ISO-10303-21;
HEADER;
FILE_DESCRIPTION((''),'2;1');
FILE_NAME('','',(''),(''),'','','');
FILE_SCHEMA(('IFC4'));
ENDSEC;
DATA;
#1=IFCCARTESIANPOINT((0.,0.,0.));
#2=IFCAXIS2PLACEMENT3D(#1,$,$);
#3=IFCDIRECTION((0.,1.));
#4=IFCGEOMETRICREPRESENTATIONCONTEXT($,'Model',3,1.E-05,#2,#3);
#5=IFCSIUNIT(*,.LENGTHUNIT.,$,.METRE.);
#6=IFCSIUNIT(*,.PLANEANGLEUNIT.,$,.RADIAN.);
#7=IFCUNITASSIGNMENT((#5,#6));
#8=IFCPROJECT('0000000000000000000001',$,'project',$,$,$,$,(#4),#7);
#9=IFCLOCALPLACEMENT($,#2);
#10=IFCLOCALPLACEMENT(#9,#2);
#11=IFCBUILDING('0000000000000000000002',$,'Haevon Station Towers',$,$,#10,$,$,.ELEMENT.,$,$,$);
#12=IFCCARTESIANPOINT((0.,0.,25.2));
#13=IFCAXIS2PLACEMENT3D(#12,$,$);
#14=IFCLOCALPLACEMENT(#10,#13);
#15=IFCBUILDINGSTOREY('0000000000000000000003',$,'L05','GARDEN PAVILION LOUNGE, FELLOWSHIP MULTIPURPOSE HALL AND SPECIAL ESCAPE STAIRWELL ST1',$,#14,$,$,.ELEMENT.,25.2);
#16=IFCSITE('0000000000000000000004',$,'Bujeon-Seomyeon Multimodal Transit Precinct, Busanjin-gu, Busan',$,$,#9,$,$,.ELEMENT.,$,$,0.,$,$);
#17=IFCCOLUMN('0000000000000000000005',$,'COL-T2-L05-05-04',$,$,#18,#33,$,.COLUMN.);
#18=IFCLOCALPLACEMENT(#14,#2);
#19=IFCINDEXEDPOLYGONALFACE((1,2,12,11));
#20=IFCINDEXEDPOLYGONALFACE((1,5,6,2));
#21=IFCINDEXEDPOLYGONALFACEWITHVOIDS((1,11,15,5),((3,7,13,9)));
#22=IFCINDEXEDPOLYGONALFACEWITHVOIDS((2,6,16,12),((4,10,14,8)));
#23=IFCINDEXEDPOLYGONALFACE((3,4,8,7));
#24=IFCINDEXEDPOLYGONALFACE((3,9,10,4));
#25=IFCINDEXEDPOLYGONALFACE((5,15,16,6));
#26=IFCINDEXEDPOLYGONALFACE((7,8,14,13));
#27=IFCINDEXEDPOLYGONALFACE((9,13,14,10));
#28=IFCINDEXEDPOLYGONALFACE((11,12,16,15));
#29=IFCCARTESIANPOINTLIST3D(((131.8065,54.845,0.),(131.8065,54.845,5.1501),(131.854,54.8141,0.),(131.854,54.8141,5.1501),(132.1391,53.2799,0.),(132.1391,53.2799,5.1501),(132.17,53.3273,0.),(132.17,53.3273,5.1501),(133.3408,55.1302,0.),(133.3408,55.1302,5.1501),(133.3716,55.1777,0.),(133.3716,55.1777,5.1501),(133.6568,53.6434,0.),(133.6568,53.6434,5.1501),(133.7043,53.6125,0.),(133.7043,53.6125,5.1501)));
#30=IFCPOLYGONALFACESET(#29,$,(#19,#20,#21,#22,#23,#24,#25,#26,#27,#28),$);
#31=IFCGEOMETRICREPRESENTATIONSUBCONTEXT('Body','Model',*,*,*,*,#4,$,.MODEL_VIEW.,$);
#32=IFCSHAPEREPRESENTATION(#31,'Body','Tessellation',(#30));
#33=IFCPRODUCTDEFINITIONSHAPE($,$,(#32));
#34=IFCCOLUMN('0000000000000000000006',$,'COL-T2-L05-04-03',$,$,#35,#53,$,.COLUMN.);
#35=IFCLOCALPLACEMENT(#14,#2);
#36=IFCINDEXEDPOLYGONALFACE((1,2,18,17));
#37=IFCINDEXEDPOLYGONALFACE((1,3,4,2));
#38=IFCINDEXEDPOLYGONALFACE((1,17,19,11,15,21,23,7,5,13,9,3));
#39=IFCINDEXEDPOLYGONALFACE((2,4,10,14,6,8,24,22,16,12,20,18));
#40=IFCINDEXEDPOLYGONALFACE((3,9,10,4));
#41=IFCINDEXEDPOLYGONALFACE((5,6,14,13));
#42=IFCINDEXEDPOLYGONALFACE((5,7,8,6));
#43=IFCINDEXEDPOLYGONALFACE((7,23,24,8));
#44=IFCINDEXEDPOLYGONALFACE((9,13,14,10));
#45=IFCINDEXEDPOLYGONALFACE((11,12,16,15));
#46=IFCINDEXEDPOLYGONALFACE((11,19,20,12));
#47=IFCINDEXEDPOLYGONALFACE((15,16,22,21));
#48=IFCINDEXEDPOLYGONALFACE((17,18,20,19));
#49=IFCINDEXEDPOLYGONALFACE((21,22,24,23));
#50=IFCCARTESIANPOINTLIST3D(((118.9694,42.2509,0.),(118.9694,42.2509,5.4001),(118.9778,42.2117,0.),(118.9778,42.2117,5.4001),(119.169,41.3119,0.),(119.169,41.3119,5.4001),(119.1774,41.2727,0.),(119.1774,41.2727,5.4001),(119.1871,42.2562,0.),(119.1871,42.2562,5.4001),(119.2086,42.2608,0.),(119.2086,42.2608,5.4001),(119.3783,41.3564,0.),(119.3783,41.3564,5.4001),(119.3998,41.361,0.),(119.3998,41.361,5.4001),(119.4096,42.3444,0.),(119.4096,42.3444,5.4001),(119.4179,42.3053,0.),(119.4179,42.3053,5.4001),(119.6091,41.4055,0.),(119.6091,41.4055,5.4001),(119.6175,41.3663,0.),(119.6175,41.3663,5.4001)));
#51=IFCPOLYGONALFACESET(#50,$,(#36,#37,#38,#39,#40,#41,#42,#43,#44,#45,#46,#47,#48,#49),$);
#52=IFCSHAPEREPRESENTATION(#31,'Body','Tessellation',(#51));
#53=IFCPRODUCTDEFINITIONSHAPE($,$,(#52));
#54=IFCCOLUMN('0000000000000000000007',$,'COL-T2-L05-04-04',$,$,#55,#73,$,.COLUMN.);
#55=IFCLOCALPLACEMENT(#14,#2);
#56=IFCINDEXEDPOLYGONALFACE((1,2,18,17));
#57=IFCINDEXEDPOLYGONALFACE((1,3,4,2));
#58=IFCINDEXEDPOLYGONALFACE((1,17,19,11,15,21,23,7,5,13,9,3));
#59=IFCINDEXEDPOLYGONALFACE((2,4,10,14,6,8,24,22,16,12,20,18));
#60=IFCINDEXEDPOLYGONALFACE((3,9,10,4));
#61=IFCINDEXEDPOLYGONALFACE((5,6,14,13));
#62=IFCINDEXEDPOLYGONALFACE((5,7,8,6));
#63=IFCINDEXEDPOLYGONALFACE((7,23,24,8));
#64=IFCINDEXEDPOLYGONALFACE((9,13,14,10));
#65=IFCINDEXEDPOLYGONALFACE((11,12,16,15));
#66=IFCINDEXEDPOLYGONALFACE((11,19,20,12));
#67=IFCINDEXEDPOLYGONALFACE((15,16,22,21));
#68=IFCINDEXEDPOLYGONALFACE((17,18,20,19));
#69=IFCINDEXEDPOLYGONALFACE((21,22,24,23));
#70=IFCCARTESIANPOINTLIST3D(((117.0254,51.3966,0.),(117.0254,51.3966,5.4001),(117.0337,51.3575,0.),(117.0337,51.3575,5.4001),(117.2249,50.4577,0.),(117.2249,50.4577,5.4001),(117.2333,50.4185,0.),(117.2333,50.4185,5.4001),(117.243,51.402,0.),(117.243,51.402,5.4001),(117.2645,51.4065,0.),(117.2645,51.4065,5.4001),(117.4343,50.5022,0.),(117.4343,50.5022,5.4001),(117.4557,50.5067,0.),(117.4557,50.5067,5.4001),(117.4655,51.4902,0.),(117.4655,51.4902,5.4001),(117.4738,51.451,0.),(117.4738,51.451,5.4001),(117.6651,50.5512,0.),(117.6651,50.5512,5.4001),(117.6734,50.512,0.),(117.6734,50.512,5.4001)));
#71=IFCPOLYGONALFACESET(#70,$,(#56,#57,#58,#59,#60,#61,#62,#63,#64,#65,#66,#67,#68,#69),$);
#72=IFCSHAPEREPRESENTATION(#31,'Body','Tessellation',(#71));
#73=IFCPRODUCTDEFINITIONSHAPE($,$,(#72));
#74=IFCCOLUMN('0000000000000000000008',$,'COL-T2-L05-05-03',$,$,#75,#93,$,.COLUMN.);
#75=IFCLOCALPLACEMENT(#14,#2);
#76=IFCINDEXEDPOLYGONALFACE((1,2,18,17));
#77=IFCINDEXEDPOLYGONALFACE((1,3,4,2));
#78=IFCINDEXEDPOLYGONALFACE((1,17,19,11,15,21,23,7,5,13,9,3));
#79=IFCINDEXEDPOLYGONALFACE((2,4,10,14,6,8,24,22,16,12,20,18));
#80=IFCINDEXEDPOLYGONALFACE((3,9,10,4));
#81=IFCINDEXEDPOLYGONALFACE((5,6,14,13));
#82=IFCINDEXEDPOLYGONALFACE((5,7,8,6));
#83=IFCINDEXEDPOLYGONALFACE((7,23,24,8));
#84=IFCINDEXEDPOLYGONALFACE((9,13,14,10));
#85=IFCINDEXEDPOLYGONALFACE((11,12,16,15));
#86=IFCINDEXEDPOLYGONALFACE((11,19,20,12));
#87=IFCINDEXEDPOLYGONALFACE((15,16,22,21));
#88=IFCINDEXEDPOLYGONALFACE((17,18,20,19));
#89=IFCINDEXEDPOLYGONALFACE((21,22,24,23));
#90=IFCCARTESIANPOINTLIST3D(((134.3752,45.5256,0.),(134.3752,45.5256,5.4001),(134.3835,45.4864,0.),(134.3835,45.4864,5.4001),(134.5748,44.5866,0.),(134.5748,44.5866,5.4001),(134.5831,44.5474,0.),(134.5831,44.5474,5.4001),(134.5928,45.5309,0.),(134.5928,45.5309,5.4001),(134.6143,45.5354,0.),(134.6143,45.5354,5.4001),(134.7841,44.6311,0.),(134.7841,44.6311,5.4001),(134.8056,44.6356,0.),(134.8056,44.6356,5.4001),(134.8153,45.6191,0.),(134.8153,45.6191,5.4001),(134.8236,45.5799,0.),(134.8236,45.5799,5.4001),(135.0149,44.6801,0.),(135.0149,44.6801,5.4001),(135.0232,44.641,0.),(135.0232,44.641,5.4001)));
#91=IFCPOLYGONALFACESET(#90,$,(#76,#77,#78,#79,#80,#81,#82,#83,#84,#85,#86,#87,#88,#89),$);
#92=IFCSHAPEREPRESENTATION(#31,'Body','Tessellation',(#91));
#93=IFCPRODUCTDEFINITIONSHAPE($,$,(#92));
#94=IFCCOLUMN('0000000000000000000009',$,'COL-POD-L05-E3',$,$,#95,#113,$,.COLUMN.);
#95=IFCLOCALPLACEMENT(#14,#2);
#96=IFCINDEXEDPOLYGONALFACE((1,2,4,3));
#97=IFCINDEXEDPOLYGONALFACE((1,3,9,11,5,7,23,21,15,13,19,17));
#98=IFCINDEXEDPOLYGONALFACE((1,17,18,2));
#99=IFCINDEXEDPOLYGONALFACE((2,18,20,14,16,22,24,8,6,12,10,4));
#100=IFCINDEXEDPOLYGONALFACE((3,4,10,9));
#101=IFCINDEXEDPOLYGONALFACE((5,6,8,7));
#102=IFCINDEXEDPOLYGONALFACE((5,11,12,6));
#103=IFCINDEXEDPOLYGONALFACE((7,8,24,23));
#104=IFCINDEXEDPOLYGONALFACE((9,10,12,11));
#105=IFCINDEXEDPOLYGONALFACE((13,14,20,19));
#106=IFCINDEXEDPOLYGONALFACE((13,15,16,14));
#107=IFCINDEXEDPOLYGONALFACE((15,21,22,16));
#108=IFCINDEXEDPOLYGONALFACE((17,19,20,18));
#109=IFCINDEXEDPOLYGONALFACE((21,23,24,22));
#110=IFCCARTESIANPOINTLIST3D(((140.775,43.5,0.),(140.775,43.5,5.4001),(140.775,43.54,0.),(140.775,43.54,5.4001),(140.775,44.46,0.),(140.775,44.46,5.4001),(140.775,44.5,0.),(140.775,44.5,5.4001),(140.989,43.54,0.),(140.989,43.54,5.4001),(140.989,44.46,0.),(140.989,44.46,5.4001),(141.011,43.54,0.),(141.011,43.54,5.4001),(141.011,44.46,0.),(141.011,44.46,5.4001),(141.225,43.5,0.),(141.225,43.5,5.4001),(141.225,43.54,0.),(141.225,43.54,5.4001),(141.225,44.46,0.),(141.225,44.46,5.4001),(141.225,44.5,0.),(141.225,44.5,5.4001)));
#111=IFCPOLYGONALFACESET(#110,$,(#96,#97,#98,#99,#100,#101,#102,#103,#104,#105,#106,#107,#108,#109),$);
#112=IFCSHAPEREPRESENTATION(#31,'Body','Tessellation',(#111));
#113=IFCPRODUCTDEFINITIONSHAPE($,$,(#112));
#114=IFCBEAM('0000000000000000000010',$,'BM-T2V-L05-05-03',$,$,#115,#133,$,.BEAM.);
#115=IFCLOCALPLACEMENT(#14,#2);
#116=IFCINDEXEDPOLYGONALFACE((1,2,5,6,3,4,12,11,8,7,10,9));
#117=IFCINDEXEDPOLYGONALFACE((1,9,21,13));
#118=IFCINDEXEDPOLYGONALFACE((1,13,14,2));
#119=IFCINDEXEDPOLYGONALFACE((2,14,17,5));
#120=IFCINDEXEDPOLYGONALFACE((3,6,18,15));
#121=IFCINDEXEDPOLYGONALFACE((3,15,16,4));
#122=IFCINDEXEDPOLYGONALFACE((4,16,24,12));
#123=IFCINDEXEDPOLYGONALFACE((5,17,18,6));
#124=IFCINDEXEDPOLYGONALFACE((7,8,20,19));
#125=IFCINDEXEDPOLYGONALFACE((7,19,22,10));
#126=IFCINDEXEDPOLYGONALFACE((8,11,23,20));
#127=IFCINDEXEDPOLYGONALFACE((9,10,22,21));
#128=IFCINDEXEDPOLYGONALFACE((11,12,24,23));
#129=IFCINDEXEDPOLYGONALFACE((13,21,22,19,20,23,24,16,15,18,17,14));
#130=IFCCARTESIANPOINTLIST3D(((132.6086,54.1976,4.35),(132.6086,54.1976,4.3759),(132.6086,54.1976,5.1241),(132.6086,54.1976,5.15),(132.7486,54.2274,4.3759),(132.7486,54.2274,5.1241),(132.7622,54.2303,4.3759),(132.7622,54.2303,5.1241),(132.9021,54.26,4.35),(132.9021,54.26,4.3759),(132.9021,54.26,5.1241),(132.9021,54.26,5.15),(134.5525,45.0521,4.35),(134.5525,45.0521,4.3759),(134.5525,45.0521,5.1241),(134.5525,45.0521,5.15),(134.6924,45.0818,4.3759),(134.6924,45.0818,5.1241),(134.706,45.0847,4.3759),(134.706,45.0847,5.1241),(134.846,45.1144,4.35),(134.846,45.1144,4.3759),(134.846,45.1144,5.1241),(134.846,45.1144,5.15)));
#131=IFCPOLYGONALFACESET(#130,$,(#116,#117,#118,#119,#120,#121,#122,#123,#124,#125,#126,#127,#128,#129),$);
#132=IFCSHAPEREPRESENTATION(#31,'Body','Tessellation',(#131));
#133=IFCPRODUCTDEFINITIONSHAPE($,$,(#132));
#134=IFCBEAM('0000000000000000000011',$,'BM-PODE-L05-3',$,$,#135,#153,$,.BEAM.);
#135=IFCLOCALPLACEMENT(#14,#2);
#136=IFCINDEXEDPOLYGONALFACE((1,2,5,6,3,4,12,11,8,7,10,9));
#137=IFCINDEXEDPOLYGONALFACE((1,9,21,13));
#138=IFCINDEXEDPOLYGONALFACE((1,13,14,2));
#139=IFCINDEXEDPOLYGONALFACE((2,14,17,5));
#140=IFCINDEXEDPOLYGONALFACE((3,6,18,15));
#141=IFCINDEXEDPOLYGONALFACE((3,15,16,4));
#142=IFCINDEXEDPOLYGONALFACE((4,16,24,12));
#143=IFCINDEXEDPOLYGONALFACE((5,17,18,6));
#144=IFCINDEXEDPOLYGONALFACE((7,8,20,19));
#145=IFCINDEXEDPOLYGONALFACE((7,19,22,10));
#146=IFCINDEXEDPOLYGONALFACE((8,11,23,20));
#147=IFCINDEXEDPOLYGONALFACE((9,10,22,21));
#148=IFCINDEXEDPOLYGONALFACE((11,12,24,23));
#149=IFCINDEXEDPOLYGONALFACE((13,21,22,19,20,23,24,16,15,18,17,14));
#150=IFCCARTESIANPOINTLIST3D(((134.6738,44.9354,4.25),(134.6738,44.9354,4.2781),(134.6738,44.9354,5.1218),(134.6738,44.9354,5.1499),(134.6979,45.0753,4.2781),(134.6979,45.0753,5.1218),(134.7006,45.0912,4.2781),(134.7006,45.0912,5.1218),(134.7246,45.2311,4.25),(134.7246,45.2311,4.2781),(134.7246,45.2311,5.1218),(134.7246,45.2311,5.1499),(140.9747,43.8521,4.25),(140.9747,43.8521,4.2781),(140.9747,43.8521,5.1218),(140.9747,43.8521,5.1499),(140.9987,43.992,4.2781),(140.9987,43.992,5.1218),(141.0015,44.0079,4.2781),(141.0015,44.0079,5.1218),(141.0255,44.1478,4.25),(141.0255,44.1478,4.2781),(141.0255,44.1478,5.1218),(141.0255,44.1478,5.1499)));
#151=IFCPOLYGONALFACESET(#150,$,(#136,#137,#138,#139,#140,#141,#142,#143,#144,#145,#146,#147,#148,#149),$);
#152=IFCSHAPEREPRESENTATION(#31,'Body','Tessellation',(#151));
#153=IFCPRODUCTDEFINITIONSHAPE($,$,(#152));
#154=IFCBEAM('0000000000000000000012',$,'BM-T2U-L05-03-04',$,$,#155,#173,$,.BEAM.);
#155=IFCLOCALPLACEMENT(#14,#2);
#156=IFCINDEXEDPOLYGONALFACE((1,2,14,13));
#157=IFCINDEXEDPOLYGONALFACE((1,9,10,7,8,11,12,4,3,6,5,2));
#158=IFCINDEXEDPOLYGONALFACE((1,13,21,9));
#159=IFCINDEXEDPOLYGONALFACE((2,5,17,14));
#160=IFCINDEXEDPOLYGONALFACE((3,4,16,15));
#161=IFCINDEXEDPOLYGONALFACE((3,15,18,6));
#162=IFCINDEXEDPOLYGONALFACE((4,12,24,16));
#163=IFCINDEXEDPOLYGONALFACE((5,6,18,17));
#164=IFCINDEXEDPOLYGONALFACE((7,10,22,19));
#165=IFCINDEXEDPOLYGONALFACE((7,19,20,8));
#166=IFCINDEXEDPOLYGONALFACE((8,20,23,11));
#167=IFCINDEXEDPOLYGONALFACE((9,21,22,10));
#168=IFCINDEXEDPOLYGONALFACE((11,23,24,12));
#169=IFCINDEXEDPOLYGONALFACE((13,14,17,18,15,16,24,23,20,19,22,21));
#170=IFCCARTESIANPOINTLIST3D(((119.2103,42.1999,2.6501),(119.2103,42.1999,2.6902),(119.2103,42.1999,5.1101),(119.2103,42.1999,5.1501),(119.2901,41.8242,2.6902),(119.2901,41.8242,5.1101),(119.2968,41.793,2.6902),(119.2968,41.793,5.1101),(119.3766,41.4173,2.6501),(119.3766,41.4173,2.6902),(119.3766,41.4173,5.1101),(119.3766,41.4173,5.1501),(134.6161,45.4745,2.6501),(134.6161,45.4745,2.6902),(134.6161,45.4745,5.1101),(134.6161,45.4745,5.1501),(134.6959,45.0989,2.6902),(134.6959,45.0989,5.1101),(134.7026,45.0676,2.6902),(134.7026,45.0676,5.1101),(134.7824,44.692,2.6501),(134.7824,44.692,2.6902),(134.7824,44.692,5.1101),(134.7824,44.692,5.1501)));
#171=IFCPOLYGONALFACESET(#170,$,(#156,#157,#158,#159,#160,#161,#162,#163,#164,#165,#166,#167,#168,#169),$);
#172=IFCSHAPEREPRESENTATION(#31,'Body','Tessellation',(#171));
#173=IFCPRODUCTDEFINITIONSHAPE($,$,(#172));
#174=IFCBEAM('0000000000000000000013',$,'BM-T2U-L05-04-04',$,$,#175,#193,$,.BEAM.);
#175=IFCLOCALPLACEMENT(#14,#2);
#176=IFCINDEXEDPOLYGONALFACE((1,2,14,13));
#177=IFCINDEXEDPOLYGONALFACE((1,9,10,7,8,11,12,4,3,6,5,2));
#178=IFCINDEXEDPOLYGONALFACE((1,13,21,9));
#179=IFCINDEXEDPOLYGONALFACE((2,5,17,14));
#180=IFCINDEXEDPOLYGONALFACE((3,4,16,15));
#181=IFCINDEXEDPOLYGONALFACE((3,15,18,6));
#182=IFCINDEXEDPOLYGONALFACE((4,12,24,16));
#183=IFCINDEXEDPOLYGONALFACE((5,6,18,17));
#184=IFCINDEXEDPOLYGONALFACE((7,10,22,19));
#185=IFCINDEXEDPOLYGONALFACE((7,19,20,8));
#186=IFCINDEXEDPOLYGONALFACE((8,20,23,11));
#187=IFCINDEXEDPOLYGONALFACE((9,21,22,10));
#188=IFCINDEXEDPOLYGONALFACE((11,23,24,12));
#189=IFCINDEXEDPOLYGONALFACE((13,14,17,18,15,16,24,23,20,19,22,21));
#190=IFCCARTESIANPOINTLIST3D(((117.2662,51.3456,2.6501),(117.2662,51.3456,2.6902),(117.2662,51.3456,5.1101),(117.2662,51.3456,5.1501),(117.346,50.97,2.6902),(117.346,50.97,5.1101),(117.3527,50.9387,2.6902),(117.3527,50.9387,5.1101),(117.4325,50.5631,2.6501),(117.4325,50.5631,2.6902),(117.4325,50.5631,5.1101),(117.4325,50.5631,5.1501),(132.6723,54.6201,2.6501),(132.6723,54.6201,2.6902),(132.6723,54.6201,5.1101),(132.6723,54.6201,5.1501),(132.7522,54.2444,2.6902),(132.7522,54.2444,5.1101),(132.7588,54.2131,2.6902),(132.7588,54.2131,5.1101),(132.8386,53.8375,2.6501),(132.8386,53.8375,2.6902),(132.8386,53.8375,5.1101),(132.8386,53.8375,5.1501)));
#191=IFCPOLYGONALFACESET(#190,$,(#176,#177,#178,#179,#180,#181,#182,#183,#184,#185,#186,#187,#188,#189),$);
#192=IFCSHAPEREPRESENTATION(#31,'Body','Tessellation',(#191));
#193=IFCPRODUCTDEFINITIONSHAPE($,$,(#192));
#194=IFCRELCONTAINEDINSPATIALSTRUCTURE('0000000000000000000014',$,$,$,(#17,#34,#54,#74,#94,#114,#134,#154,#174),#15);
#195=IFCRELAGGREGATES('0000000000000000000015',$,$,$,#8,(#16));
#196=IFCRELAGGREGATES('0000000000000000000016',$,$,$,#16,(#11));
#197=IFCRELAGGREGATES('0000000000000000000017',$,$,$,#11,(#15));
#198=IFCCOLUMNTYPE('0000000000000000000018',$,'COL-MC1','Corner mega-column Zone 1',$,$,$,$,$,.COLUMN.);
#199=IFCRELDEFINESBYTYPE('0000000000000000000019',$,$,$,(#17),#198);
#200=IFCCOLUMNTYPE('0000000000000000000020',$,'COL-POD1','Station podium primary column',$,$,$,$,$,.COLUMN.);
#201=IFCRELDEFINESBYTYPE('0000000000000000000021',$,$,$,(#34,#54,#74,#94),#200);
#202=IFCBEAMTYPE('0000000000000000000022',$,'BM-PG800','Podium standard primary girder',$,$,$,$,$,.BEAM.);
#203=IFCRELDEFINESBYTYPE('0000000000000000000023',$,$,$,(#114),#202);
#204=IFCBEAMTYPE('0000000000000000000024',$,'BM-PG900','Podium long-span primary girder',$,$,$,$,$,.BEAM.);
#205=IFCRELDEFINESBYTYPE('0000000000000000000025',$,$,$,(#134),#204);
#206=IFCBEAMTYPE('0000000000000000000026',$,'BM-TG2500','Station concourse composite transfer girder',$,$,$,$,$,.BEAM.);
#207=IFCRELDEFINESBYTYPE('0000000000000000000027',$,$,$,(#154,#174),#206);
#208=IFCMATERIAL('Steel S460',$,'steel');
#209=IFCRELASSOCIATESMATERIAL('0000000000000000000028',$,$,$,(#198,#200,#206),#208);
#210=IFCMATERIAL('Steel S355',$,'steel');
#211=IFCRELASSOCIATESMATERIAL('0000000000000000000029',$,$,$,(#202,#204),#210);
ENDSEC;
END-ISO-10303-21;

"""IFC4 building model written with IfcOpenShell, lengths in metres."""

from ifc_helpers import new_model, si_unit, direction, frame, origin, origin_2d, place, context, subcontext, project, spatial, hollow_rectangle, i_section, extrude, material, material_profile, profile_set, type_object, element, save


model = new_model("IFC4")

# Units and contexts
model_context = context("Model", 3, precision=1e-05, world=origin(), true_north=direction((0.0, 1.0)))
body_context = subcontext(model_context, "Body", "Model", "MODEL_VIEW")
ifc_project = project(units=[si_unit("LENGTHUNIT", "METRE"), si_unit("PLANEANGLEUNIT", "RADIAN")], contexts=[model_context])

# Site, building, storey
site_placement = place(None, origin())
site = spatial("IfcSite", under=ifc_project, at=site_placement, Name="Bujeon-Seomyeon Multimodal Transit Precinct, Busanjin-gu, Busan", CompositionType="ELEMENT", RefElevation=0.0)
building_placement = place(site_placement, origin())
building = spatial("IfcBuilding", under=site, at=building_placement, Name="Haevon Station Towers", CompositionType="ELEMENT")
storey_placement = place(building_placement, frame((0.0, 0.0, 25.2)))
storey = spatial("IfcBuildingStorey", under=building, at=storey_placement, Name="L05", Description="GARDEN PAVILION LOUNGE, FELLOWSHIP MULTIPURPOSE HALL AND SPECIAL ESCAPE STAIRWELL ST1", CompositionType="ELEMENT", Elevation=25.2)

# Columns
ifc_material_1 = material(Name="Steel S460", Category="steel")
ifc_material_profile_1 = material_profile(ifc_material_1, hollow_rectangle(XDim=1.6001, YDim=1.6001, WallThickness=0.04, at=origin_2d()), Name="BOX-1600x1600x40")
ifc_profile_set_1 = profile_set([ifc_material_profile_1], Name="Steel S460")
column_type_1 = type_object("IfcColumnType", Name="COL-MC1", Description="Corner mega-column Zone 1", PredefinedType="COLUMN", material=ifc_profile_set_1)
column_placement = place(storey_placement, frame((132.7554, 54.2288, 0.0), z_axis=(0.0, 0.0, 1.0), x_axis=(0.978148, 0.207912, 0.0)))
element("IfcColumn", 1, at=column_placement, inside=storey, type_object=column_type_1, Name="COL-T2-L05-05-04", PredefinedType="COLUMN", context=body_context, shape_type="SweptSolid", body=[
    extrude(hollow_rectangle(XDim=1.6001, YDim=1.6001, WallThickness=0.04, at=origin_2d()), origin(), (0.0, 0.0, 1.0), 5.1501),
])
ifc_material_profile_2 = material_profile(ifc_material_1, i_section(OverallWidth=0.45, OverallDepth=1.0, WebThickness=0.022, FlangeThickness=0.04, at=origin_2d()), Name="H-1000x450x22x40")
ifc_profile_set_2 = profile_set([ifc_material_profile_2], Name="Steel S460")
column_type_2 = type_object("IfcColumnType", Name="COL-POD1", Description="Station podium primary column", PredefinedType="COLUMN", material=ifc_profile_set_2)
for number, where, z_axis, x_axis, name in (
    (2, (119.2935, 41.8086, 0.0), (0.0, 0.0, 1.0), (0.978148, 0.207912, 0.0), "COL-T2-L05-04-03"),
    (3, (117.3494, 50.9543, 0.0), (0.0, 0.0, 1.0), (0.978148, 0.207912, 0.0), "COL-T2-L05-04-04"),
    (4, (134.6992, 45.0833, 0.0), (0.0, 0.0, 1.0), (0.978148, 0.207912, 0.0), "COL-T2-L05-05-03"),
    (5, (141.0, 44.0, 0.0), (0.0, 0.0, 1.0), (1.0, 0.0, 0.0), "COL-POD-L05-E3"),
):
    element("IfcColumn", number, at=place(storey_placement, frame(where, z_axis=z_axis, x_axis=x_axis)), inside=storey, type_object=column_type_2, Name=name, PredefinedType="COLUMN", context=body_context, shape_type="SweptSolid", body=[
        extrude(i_section(OverallWidth=0.45, OverallDepth=1.0, WebThickness=0.022, FlangeThickness=0.04, at=origin_2d()), origin(), (0.0, 0.0, 1.0), 5.4001),
    ])

# Beams
ifc_material_2 = material(Name="Steel S355", Category="steel")
ifc_material_profile_3 = material_profile(ifc_material_2, i_section(OverallWidth=0.3, OverallDepth=0.8, WebThickness=0.0139, FlangeThickness=0.0259, at=origin_2d()), Name="H-800x300x14x26")
ifc_profile_set_3 = profile_set([ifc_material_profile_3], Name="Steel S355")
beam_type_1 = type_object("IfcBeamType", Name="BM-PG800", Description="Podium standard primary girder", PredefinedType="BEAM", material=ifc_profile_set_3)
beam_1_placement = place(storey_placement, frame((134.6992, 45.0833, 4.75), z_axis=(-0.207902, 0.97815, 0.0), x_axis=(-0.97815, -0.207902, 0.0)))
element("IfcBeam", 6, at=beam_1_placement, inside=storey, type_object=beam_type_1, Name="BM-T2V-L05-05-03", PredefinedType="BEAM", context=body_context, shape_type="SweptSolid", body=[
    extrude(i_section(OverallWidth=0.3, OverallDepth=0.8, WebThickness=0.0139, FlangeThickness=0.0259, at=origin_2d()), origin(), (0.0, 0.0, 1.0), 9.3499),
])
ifc_material_profile_4 = material_profile(ifc_material_2, i_section(OverallWidth=0.3, OverallDepth=0.8999, WebThickness=0.0161, FlangeThickness=0.0281, at=origin_2d()), Name="H-900x300x16x28")
ifc_profile_set_4 = profile_set([ifc_material_profile_4], Name="Steel S355")
beam_type_2 = type_object("IfcBeamType", Name="BM-PG900", Description="Podium long-span primary girder", PredefinedType="BEAM", material=ifc_profile_set_4)
beam_2_placement = place(storey_placement, frame((134.6992, 45.0833, 4.7), z_axis=(0.985541, -0.169438, 0.0), x_axis=(0.169438, 0.985541, 0.0)))
element("IfcBeam", 7, at=beam_2_placement, inside=storey, type_object=beam_type_2, Name="BM-PODE-L05-3", PredefinedType="BEAM", context=body_context, shape_type="SweptSolid", body=[
    extrude(i_section(OverallWidth=0.3, OverallDepth=0.8999, WebThickness=0.0161, FlangeThickness=0.0281, at=origin_2d()), origin(), (0.0, 0.0, 1.0), 6.3933),
])
ifc_material_profile_5 = material_profile(ifc_material_1, i_section(OverallWidth=0.8, OverallDepth=2.5, WebThickness=0.032, FlangeThickness=0.04, at=origin_2d()), Name="H-2500x800x32x40")
ifc_profile_set_5 = profile_set([ifc_material_profile_5], Name="Steel S460")
beam_type_3 = type_object("IfcBeamType", Name="BM-TG2500", Description="Station concourse composite transfer girder", PredefinedType="BEAM", material=ifc_profile_set_5)
beam_3_placement = place(storey_placement, frame((119.2935, 41.8086, 3.9001), z_axis=(0.978147, 0.207915, 0.0), x_axis=(-0.207915, 0.978147, 0.0)))
element("IfcBeam", 8, at=beam_3_placement, inside=storey, type_object=beam_type_3, Name="BM-T2U-L05-03-04", PredefinedType="BEAM", context=body_context, shape_type="SweptSolid", body=[
    extrude(i_section(OverallWidth=0.8, OverallDepth=2.5, WebThickness=0.032, FlangeThickness=0.04, at=origin_2d()), origin(), (0.0, 0.0, 1.0), 15.75),
])
beam_4_placement = place(storey_placement, frame((117.3494, 50.9543, 3.9001), z_axis=(0.978151, 0.207898, 0.0), x_axis=(-0.207898, 0.978151, 0.0)))
element("IfcBeam", 9, at=beam_4_placement, inside=storey, type_object=beam_type_3, Name="BM-T2U-L05-04-04", PredefinedType="BEAM", context=body_context, shape_type="SweptSolid", body=[
    extrude(i_section(OverallWidth=0.8, OverallDepth=2.5, WebThickness=0.032, FlangeThickness=0.04, at=origin_2d()), origin(), (0.0, 0.0, 1.0), 15.7502),
])

save(model, "model.ifc")
